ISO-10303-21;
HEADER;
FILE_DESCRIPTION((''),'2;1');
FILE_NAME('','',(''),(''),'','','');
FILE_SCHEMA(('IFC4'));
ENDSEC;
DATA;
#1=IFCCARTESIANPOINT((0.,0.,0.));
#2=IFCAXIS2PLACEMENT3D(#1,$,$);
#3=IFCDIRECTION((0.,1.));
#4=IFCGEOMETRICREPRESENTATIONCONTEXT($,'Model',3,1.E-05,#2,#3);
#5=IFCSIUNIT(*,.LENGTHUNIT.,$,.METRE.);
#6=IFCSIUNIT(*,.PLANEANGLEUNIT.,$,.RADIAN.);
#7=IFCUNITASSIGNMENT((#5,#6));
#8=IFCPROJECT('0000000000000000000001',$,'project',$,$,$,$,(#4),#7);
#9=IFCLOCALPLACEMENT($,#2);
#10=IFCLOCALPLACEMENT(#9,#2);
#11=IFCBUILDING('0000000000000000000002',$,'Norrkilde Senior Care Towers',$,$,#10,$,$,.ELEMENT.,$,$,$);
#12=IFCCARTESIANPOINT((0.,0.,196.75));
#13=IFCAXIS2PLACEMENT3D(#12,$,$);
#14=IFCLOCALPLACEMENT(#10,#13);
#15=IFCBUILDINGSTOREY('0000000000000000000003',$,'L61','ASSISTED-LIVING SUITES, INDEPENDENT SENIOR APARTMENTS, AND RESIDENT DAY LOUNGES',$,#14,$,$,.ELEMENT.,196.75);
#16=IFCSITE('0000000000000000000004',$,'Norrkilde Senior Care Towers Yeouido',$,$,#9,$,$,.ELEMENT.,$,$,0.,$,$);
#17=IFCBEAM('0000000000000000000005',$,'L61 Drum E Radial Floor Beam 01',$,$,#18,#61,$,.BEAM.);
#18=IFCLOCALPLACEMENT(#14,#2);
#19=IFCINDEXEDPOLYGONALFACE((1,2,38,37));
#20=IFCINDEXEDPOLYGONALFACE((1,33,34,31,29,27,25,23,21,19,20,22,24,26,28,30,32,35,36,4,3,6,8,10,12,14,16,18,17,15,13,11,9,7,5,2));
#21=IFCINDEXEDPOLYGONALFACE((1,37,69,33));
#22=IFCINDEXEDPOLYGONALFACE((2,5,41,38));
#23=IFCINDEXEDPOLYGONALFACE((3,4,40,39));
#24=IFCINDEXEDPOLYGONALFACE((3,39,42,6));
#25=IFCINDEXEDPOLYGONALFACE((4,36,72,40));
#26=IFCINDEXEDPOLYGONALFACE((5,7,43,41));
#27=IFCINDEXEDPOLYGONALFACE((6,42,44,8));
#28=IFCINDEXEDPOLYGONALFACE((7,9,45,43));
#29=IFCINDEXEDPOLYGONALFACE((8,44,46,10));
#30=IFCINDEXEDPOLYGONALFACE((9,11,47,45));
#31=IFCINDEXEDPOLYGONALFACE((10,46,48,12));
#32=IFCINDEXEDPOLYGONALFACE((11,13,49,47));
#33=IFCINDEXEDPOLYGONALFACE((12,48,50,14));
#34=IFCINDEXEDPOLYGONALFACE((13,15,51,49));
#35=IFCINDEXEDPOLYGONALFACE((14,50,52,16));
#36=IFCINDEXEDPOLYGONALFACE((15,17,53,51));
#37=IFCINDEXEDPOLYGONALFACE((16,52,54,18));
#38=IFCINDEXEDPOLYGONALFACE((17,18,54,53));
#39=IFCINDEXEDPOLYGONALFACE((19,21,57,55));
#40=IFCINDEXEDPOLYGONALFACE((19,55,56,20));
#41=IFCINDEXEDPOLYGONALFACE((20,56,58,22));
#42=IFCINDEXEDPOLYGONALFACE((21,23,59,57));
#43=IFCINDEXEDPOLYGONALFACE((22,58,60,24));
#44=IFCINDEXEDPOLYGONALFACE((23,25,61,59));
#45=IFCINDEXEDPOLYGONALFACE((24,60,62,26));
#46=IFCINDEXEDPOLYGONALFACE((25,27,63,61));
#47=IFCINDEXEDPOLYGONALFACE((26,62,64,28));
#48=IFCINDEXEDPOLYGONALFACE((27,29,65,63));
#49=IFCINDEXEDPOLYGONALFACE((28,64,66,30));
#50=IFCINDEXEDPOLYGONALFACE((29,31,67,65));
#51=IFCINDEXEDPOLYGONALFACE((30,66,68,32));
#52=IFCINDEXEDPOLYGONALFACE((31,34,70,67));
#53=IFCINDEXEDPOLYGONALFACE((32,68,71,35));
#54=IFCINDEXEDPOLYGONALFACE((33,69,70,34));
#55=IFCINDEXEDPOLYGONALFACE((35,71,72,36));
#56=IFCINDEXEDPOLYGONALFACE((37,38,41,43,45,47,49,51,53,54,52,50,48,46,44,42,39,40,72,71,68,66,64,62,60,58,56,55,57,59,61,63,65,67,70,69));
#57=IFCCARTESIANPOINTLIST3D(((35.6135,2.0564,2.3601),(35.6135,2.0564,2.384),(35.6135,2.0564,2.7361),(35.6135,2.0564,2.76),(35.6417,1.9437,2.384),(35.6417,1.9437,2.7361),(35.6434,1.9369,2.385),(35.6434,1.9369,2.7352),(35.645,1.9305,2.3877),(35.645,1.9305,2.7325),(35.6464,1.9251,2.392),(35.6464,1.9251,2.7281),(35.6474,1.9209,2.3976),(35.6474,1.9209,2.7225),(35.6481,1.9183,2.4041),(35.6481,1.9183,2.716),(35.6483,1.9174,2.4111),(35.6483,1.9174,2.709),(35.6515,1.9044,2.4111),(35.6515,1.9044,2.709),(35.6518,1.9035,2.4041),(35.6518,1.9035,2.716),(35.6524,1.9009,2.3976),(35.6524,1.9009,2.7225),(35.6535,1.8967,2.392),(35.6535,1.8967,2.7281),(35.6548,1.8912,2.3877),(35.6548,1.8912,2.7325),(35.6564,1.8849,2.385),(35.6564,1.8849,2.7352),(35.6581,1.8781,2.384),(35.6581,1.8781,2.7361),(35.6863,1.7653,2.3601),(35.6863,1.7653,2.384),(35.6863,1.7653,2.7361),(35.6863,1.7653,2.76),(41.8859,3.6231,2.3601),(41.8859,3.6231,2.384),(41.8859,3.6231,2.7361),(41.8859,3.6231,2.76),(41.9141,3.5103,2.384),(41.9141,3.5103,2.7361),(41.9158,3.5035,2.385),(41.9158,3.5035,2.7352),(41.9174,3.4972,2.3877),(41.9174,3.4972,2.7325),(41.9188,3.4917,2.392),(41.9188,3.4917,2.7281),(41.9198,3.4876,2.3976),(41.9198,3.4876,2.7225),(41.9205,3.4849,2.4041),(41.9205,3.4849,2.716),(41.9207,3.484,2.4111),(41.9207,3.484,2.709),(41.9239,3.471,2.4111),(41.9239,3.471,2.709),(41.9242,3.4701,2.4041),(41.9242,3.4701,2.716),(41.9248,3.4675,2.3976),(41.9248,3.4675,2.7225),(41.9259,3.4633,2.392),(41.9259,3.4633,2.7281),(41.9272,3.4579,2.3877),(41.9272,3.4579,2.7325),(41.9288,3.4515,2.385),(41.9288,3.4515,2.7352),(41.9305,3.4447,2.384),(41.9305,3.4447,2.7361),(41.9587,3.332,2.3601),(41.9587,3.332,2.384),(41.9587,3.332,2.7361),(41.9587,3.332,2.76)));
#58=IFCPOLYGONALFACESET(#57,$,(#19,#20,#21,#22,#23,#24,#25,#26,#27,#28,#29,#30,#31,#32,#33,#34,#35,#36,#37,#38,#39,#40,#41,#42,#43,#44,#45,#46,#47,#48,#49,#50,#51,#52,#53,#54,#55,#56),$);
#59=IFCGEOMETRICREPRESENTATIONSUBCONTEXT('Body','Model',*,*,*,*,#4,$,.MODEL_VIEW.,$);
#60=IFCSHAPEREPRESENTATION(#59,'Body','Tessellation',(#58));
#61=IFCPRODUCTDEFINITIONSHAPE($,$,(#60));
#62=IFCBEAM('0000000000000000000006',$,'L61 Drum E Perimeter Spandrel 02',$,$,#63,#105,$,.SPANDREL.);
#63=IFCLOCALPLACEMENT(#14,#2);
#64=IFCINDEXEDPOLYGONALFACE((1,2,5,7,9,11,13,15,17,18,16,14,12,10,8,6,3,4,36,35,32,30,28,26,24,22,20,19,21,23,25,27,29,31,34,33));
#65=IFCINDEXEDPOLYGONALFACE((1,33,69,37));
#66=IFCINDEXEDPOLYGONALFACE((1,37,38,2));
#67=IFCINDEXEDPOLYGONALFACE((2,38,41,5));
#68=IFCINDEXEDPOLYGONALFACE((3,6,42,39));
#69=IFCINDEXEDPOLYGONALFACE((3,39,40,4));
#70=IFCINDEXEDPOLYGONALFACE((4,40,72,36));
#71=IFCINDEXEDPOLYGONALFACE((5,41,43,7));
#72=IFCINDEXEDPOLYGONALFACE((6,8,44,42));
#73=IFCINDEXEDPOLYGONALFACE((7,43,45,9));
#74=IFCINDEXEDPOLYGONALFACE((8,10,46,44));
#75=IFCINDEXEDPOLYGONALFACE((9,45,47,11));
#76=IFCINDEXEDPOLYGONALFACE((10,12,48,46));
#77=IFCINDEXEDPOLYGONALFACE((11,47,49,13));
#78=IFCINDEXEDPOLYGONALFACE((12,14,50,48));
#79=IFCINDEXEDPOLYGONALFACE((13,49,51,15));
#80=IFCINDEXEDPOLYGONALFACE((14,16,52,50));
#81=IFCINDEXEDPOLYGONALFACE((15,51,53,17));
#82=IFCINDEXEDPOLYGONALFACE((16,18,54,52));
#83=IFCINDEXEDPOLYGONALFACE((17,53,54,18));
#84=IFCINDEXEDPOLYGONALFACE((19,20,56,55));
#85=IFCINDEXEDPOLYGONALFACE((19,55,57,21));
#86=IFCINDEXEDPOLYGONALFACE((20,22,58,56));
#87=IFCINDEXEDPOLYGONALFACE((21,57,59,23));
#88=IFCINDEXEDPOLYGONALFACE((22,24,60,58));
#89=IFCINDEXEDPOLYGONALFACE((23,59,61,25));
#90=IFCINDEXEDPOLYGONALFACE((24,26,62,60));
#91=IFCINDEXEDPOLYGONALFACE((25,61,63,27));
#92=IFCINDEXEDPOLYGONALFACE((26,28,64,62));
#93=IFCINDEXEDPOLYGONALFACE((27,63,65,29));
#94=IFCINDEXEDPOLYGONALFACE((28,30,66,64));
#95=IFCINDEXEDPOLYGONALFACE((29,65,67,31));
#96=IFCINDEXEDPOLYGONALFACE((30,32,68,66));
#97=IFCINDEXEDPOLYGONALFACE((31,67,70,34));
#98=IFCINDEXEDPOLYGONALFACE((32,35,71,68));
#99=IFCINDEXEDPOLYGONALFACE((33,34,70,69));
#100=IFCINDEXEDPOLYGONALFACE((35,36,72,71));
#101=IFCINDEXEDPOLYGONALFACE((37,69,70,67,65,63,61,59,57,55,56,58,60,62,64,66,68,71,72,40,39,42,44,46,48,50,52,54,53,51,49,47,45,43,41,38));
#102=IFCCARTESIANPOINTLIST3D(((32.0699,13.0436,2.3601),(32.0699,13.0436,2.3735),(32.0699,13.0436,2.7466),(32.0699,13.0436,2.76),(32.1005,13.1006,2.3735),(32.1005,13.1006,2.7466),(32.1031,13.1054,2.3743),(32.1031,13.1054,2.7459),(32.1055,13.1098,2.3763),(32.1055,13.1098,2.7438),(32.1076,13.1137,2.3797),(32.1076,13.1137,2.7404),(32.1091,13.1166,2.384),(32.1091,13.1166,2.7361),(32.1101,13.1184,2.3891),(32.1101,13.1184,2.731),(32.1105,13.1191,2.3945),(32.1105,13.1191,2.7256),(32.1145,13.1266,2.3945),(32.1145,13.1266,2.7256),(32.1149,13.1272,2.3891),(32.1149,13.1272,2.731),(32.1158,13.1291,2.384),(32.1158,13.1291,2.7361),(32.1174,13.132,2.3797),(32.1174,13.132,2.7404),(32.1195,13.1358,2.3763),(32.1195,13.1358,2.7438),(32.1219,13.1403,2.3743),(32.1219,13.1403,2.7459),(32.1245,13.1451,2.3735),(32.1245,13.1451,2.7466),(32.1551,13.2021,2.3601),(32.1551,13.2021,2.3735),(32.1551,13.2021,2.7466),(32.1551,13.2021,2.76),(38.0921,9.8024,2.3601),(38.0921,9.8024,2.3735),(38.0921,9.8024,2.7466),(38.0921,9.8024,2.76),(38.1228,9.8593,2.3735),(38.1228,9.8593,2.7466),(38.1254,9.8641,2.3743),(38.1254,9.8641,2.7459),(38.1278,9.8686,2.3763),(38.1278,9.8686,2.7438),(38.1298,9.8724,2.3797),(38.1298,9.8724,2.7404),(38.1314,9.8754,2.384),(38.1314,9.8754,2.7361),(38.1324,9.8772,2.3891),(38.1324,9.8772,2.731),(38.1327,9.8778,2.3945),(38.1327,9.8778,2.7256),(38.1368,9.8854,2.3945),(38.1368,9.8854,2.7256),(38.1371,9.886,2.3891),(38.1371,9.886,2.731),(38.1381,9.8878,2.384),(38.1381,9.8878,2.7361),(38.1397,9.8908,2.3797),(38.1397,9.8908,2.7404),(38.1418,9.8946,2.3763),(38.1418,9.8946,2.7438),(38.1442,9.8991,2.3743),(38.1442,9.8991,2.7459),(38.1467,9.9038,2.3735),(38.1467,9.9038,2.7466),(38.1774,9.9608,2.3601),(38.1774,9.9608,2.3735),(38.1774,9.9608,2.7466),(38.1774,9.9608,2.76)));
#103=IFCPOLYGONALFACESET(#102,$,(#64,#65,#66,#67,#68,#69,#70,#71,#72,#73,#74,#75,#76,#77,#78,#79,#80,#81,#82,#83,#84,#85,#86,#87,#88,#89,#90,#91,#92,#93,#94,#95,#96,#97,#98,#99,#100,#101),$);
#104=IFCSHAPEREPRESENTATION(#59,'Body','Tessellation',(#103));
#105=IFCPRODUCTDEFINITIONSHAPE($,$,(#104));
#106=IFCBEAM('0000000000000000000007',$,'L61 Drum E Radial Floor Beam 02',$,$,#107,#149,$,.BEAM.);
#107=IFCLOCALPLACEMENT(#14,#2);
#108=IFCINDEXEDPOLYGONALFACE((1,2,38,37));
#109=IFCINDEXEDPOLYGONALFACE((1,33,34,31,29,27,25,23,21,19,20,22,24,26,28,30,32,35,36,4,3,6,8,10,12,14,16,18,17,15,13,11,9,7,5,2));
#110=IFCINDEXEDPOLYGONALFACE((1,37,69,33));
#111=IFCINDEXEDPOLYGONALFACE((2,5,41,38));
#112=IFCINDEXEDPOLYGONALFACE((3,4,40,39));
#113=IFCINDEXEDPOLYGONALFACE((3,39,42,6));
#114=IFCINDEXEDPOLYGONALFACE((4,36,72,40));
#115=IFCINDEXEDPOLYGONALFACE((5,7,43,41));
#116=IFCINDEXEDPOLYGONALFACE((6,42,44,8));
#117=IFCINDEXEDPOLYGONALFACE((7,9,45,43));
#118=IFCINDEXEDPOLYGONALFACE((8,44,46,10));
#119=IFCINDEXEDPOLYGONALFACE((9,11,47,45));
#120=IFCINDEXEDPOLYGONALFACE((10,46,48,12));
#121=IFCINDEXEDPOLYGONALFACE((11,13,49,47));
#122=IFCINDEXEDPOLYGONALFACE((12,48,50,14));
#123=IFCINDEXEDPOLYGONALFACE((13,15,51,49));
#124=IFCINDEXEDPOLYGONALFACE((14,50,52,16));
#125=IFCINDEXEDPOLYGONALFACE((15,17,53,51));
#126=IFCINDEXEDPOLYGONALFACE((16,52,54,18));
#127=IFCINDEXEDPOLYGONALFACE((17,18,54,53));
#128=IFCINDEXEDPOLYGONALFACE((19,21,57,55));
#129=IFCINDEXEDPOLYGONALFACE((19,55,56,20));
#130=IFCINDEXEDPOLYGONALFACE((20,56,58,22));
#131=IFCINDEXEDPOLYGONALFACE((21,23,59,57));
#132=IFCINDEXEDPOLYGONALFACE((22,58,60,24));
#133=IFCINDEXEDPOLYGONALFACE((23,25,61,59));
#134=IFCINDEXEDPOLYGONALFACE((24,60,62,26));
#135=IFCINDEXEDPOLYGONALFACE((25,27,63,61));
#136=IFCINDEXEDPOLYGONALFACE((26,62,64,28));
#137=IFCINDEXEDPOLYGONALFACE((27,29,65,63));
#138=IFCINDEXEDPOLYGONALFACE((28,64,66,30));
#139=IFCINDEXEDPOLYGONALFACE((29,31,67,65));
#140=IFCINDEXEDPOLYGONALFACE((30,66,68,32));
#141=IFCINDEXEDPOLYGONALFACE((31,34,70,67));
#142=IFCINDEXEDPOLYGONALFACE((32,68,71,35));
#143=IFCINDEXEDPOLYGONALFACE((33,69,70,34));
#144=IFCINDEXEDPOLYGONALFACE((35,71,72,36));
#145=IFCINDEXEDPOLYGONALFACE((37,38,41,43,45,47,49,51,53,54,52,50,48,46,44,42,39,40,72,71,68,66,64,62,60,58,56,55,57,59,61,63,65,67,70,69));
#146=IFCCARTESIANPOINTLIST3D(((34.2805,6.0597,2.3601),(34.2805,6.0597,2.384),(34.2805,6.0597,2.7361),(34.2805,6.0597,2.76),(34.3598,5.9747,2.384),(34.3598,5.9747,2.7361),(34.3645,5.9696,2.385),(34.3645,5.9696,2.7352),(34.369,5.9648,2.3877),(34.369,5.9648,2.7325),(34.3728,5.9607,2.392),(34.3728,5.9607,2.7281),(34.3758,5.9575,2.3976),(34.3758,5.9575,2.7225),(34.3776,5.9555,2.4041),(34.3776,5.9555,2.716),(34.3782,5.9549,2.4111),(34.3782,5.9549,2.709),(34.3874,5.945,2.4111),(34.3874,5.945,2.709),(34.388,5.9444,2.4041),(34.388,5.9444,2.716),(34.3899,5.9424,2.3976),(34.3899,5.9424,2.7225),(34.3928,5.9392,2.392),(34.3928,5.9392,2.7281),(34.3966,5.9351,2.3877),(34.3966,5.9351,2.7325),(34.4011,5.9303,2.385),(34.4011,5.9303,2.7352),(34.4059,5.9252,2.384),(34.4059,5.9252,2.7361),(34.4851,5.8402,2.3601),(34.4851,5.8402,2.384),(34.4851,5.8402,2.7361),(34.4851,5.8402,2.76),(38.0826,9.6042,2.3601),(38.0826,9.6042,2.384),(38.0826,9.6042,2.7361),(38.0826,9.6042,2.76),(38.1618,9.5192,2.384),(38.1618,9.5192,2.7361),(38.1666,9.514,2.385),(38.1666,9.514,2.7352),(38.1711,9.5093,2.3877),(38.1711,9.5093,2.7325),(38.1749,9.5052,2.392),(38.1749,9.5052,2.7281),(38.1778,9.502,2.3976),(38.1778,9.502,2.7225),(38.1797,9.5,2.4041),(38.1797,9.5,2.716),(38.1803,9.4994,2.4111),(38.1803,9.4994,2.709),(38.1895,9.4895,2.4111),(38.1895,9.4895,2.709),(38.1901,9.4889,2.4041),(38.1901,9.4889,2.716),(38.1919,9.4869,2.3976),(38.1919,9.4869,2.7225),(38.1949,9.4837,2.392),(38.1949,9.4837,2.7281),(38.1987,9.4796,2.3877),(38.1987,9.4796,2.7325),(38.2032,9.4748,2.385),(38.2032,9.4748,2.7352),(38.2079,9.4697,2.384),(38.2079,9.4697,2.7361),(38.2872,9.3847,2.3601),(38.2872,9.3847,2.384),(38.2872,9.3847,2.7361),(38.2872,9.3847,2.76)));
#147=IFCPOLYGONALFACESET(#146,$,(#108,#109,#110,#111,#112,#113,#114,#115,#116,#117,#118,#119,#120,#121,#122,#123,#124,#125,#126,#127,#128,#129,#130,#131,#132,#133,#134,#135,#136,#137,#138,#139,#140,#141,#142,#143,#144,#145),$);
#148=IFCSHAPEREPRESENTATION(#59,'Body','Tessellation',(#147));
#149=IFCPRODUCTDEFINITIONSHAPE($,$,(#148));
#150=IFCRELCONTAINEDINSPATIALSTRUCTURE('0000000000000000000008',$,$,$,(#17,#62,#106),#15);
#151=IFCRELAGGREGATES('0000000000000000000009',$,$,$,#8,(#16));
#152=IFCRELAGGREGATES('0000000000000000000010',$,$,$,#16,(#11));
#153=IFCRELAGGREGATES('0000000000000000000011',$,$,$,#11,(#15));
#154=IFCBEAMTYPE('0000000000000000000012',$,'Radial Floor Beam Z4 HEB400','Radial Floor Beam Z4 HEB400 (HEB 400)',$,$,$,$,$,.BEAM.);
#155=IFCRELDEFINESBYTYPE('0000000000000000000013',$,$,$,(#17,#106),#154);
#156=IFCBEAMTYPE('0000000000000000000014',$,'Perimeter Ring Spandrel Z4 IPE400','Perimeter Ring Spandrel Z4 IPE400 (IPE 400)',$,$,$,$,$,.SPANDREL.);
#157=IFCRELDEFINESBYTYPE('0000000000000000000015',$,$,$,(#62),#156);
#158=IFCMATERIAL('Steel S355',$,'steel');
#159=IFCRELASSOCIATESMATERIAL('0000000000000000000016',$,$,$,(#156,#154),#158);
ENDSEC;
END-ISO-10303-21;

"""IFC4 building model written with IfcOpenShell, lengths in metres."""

from ifc_helpers import new_model, si_unit, direction, frame, origin, origin_2d, place, context, subcontext, project, spatial, i_section, extrude, source, transform, mapped, material, material_profile, profile_set, type_object, type_shapes, element, save


model = new_model("IFC4")

# Units and contexts
model_context = context("Model", 3, precision=1e-05, world=origin(), true_north=direction((0.0, 1.0)))
body_context = subcontext(model_context, "Body", "Model", "MODEL_VIEW")
ifc_project = project(units=[si_unit("LENGTHUNIT", "METRE"), si_unit("PLANEANGLEUNIT", "RADIAN")], contexts=[model_context])

# Site, building, storey
site_placement = place(None, origin())
site = spatial("IfcSite", under=ifc_project, at=site_placement, Name="Norrkilde Senior Care Towers Yeouido", CompositionType="ELEMENT", RefElevation=0.0)
building_placement = place(site_placement, origin())
building = spatial("IfcBuilding", under=site, at=building_placement, Name="Norrkilde Senior Care Towers", CompositionType="ELEMENT")
storey_placement = place(building_placement, frame((0.0, 0.0, 196.75)))
storey = spatial("IfcBuildingStorey", under=building, at=storey_placement, Name="L61", Description="ASSISTED-LIVING SUITES, INDEPENDENT SENIOR APARTMENTS, AND RESIDENT DAY LOUNGES", CompositionType="ELEMENT", Elevation=196.75)

# Beams
ifc_material_1 = material(Name="Steel S355", Category="steel")
ifc_material_profile_1 = material_profile(ifc_material_1, i_section(OverallWidth=0.1799, OverallDepth=0.3999, WebThickness=0.0085, FlangeThickness=0.0134, FilletRadius=0.021, at=origin_2d()), Name="IPE 400")
ifc_profile_set_1 = profile_set([ifc_material_profile_1], Name="Steel S355")
beam_type_1 = type_object("IfcBeamType", Name="Perimeter Ring Spandrel Z4 IPE400", Description="Perimeter Ring Spandrel Z4 IPE400 (IPE 400)", PredefinedType="SPANDREL", material=ifc_profile_set_1)
ifc_material_profile_2 = material_profile(ifc_material_1, i_section(OverallWidth=0.3, OverallDepth=0.3999, WebThickness=0.0134, FlangeThickness=0.0239, FilletRadius=0.0271, at=origin_2d()), Name="HEB 400")
ifc_profile_set_2 = profile_set([ifc_material_profile_2], Name="Steel S355")
beam_type_2 = type_object("IfcBeamType", Name="Radial Floor Beam Z4 HEB400", Description="Radial Floor Beam Z4 HEB400 (HEB 400)", PredefinedType="BEAM", material=ifc_profile_set_2)
shared_shape_1 = source(origin(), body_context, "Body", "SweptSolid", [
    extrude(i_section(OverallWidth=0.3, OverallDepth=0.3999, WebThickness=0.0134, FlangeThickness=0.0239, FilletRadius=0.0271, at=origin_2d()), origin(), (0.0, 0.0, 1.0), 6.4651),
])
beam_1_placement = place(storey_placement, frame((35.6499, 1.9109, 2.5601), z_axis=(0.970196, 0.242322, 0.0), x_axis=(-0.242322, 0.970196, 0.0)))
element("IfcBeam", 1, at=beam_1_placement, inside=storey, type_object=beam_type_2, Name="L61 Drum E Radial Floor Beam 01", PredefinedType="BEAM", context=body_context, shape_type="MappedRepresentation", body=[
    mapped(shared_shape_1, transform((0.0, 0.0, 0.0), x_axis=(1.0, 0.0, 0.0), y_axis=(0.0, 1.0, 0.0), z_axis=(0.0, 0.0, 1.0), scale=1.0)),
])
shared_shape_2 = source(origin(), body_context, "Body", "SweptSolid", [
    extrude(i_section(OverallWidth=0.1799, OverallDepth=0.3999, WebThickness=0.0085, FlangeThickness=0.0134, FilletRadius=0.021, at=origin_2d()), origin(), (0.0, 0.0, 1.0), 6.8391),
])
beam_2_placement = place(storey_placement, frame((38.1348, 9.8816, 2.5601), z_axis=(-0.880564, 0.473927, 0.0), x_axis=(-0.473927, -0.880564, 0.0)))
element("IfcBeam", 2, at=beam_2_placement, inside=storey, type_object=beam_type_1, Name="L61 Drum E Perimeter Spandrel 02", PredefinedType="SPANDREL", context=body_context, shape_type="MappedRepresentation", body=[
    mapped(shared_shape_2, transform((0.0, 0.0, 0.0), x_axis=(1.0, 0.0, 0.0), y_axis=(0.0, 1.0, 0.0), z_axis=(0.0, 0.0, 1.0), scale=1.0)),
])
shared_shape_3 = source(origin(), body_context, "Body", "SweptSolid", [
    extrude(i_section(OverallWidth=0.3, OverallDepth=0.3999, WebThickness=0.0134, FlangeThickness=0.0239, FilletRadius=0.0271, at=origin_2d()), origin(), (0.0, 0.0, 1.0), 5.198),
])
type_shapes(beam_type_2, [shared_shape_1, shared_shape_3])
beam_3_placement = place(storey_placement, frame((34.3828, 5.95, 2.5601), z_axis=(0.731449, 0.681896, 0.0), x_axis=(-0.681896, 0.731449, 0.0)))
element("IfcBeam", 3, at=beam_3_placement, inside=storey, type_object=beam_type_2, Name="L61 Drum E Radial Floor Beam 02", PredefinedType="BEAM", context=body_context, shape_type="MappedRepresentation", body=[
    mapped(shared_shape_3, transform((0.0, 0.0, 0.0), x_axis=(1.0, 0.0, 0.0), y_axis=(0.0, 1.0, 0.0), z_axis=(0.0, 0.0, 1.0), scale=1.0)),
])

save(model, "model.ifc")
